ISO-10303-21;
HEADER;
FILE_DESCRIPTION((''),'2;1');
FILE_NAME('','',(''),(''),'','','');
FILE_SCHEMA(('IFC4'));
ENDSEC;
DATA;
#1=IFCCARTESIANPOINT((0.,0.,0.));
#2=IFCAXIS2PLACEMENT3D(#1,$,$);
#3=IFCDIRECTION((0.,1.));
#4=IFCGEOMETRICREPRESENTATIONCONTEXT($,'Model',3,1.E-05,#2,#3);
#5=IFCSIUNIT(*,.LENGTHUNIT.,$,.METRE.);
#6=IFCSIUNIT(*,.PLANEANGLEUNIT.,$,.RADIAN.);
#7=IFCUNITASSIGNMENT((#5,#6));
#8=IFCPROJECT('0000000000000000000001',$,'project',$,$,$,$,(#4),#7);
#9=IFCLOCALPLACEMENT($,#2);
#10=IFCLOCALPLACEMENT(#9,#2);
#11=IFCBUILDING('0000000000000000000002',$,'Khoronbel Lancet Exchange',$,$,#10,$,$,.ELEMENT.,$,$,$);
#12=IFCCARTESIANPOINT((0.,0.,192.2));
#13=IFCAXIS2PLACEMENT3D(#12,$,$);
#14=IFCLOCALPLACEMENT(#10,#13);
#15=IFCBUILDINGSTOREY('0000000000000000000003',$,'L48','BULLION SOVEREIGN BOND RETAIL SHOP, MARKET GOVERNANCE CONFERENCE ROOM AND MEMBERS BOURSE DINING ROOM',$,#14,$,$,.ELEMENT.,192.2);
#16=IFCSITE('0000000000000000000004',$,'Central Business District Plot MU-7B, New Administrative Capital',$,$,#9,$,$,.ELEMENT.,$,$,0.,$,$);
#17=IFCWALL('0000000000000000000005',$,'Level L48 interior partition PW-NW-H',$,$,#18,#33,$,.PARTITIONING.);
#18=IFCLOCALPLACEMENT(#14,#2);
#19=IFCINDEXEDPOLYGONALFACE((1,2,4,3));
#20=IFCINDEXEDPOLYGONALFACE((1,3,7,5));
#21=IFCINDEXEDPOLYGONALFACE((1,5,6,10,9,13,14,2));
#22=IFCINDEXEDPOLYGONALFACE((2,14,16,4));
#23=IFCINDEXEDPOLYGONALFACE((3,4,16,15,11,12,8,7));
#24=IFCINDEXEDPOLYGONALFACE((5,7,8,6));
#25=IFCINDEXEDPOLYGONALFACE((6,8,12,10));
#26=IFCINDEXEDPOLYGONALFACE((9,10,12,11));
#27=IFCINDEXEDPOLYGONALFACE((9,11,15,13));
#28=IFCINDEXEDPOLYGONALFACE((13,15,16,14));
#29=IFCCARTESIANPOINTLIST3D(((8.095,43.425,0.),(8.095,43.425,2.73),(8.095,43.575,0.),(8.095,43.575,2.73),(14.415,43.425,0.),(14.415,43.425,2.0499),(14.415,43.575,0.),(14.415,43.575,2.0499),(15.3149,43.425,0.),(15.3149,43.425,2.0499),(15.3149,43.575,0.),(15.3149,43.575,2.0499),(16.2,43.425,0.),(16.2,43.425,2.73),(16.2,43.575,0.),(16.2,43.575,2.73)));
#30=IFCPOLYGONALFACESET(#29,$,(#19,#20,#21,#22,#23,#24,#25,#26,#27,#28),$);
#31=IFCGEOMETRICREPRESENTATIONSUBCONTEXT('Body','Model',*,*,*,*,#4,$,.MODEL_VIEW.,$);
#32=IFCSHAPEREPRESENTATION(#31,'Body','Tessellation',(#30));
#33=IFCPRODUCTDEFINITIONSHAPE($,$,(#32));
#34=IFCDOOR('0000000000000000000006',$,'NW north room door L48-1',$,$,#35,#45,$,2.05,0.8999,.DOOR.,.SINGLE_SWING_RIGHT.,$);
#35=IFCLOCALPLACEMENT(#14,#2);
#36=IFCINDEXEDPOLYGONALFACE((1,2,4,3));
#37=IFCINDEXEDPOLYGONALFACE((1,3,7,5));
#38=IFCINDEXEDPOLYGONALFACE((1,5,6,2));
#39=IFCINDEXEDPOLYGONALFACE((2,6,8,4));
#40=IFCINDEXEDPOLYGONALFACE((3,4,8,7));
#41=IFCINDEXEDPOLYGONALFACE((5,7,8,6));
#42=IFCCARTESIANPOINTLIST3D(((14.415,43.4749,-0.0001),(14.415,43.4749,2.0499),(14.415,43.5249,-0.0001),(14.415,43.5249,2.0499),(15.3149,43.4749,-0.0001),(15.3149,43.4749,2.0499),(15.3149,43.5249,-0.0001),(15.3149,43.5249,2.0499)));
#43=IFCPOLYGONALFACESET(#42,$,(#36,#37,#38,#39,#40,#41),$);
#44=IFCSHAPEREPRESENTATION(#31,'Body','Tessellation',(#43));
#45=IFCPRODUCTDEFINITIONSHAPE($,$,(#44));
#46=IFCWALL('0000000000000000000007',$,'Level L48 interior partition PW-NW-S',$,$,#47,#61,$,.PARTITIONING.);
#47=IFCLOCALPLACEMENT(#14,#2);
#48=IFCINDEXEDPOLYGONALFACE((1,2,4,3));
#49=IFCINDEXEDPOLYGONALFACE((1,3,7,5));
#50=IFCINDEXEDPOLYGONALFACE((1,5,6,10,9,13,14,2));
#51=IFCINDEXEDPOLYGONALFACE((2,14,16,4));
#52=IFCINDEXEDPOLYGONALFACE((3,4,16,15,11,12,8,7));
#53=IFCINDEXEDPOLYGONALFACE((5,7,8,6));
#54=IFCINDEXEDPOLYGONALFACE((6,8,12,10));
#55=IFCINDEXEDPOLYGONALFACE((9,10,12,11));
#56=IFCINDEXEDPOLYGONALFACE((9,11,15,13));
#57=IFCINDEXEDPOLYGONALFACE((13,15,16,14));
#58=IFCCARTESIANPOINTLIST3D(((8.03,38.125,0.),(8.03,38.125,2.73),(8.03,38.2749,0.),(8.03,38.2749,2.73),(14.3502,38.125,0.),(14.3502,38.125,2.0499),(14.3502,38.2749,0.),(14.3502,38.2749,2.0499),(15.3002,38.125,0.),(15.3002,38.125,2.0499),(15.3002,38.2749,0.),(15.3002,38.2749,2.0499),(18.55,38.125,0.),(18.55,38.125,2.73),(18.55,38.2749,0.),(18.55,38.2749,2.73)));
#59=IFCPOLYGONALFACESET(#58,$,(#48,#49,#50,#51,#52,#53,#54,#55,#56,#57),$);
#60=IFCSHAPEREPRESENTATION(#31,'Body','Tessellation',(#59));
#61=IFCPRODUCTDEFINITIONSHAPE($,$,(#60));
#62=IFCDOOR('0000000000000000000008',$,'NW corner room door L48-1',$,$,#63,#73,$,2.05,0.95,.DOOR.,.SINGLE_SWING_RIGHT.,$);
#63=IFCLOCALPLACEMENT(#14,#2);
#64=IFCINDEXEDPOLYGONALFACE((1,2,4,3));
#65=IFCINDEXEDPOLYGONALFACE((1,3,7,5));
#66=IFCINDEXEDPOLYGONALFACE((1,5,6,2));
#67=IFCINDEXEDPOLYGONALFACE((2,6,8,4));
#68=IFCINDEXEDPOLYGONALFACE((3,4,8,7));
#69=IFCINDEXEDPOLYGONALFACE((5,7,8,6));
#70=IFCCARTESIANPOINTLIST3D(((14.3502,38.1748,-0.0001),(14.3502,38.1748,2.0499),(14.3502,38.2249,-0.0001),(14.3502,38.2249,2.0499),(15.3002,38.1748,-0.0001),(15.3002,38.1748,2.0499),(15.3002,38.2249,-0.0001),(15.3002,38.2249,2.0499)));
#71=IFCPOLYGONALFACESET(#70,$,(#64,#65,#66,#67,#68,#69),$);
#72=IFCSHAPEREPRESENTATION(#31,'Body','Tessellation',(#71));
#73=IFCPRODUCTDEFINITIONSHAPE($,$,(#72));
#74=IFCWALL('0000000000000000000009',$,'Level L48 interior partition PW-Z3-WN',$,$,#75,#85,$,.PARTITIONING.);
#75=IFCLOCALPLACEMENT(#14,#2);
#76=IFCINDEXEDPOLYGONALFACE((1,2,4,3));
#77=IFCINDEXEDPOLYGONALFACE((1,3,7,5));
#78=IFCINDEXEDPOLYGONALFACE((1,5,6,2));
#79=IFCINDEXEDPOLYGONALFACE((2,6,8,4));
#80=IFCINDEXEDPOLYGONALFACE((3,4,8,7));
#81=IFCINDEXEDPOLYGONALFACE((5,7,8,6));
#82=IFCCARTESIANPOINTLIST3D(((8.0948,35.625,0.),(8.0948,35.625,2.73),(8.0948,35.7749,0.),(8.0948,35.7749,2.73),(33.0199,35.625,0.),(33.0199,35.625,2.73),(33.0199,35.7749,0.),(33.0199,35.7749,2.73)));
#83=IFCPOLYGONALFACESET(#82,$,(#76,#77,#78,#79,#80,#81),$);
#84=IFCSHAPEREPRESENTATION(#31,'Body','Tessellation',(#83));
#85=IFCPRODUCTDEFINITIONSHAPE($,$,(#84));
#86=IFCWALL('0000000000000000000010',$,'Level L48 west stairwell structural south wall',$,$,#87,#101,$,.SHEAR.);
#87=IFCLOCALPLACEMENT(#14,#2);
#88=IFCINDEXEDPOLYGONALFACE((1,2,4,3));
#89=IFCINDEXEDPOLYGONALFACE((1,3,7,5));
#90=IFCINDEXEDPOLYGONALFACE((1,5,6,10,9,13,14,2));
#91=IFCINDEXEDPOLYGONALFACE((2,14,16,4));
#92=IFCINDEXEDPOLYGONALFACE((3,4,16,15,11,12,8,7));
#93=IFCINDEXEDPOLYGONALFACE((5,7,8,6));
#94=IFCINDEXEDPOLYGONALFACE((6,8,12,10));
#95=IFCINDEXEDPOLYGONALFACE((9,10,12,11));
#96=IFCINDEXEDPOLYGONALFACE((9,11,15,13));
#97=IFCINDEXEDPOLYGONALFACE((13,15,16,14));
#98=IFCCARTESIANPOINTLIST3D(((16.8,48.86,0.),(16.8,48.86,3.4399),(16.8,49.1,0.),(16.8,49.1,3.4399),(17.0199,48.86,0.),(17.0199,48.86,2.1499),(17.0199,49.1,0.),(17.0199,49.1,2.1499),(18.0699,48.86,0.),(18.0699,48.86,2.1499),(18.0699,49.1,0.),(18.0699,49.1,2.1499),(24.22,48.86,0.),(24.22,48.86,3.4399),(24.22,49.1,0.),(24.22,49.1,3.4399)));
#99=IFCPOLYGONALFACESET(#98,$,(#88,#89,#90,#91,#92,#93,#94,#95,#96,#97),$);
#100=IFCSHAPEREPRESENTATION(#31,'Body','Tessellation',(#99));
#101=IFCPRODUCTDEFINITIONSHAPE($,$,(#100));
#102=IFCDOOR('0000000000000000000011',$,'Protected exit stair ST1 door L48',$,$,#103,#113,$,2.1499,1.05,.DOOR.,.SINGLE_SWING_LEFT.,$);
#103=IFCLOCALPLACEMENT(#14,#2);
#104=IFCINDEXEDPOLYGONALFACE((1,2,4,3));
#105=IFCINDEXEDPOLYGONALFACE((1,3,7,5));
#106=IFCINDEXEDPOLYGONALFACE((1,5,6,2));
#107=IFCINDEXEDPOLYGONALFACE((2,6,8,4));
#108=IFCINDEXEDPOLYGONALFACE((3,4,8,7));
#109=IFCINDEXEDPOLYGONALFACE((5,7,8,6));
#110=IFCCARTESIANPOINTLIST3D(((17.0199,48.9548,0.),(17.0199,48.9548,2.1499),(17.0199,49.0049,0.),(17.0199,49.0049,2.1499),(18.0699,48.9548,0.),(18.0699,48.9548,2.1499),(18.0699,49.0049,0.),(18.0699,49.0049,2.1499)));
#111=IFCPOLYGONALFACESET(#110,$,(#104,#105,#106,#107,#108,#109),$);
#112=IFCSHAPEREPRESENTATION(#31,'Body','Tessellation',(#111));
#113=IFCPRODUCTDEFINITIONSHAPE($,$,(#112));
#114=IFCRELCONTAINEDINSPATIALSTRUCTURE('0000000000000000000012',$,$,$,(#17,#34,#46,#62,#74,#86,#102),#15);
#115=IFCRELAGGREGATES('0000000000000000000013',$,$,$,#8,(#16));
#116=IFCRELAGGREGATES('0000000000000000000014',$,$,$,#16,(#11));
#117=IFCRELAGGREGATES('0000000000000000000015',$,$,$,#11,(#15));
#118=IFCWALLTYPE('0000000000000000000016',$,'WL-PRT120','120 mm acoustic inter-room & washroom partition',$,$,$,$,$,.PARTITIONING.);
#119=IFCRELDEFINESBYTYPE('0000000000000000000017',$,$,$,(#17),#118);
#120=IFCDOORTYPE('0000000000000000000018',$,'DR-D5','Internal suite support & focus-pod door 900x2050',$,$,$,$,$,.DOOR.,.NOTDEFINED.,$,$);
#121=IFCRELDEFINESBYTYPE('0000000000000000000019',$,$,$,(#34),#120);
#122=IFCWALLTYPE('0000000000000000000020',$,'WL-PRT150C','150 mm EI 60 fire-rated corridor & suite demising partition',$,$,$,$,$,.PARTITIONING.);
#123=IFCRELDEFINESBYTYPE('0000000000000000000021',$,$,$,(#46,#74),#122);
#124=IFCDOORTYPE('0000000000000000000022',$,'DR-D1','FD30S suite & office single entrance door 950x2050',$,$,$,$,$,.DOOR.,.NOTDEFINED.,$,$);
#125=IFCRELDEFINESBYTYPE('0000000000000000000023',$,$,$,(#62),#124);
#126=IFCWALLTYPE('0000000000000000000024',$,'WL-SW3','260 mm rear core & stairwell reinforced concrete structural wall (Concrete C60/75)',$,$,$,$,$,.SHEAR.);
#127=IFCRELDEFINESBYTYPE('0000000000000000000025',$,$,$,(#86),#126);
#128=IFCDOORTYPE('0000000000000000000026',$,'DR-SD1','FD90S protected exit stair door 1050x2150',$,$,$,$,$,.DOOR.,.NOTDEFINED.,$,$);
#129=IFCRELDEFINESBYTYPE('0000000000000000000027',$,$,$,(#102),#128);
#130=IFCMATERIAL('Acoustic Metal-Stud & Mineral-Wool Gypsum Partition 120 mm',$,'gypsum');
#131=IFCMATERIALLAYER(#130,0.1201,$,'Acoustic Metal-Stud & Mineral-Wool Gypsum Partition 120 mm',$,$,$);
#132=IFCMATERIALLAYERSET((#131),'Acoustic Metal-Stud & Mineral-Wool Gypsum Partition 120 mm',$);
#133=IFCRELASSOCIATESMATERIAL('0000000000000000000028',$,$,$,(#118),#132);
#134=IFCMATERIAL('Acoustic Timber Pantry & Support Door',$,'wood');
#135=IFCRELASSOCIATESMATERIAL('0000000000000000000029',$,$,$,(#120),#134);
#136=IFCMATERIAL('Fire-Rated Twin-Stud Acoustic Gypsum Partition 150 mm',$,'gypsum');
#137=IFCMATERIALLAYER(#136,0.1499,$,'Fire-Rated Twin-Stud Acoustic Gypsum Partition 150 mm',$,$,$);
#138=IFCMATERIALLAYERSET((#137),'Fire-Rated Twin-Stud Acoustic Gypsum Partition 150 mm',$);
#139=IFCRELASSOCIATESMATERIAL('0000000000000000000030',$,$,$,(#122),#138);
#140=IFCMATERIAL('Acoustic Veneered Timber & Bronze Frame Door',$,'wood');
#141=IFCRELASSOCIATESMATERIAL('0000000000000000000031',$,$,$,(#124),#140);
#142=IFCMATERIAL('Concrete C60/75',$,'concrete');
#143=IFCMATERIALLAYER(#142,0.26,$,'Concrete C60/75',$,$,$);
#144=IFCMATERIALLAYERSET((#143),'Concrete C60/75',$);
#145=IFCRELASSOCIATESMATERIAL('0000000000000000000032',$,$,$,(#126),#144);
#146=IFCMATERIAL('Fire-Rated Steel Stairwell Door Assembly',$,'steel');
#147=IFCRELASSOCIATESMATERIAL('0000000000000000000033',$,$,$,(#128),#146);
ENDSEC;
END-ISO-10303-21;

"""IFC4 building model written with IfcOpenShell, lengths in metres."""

from ifc_helpers import new_model, si_unit, direction, frame, frame_2d, origin, place, context, subcontext, project, spatial, rectangle, extrude, material, layer, layer_set, type_object, element, fill, save


model = new_model("IFC4")

# Units and contexts
model_context = context("Model", 3, precision=1e-05, world=origin(), true_north=direction((0.0, 1.0)))
body_context = subcontext(model_context, "Body", "Model", "MODEL_VIEW")
ifc_project = project(units=[si_unit("LENGTHUNIT", "METRE"), si_unit("PLANEANGLEUNIT", "RADIAN")], contexts=[model_context])

# Site, building, storey
site_placement = place(None, origin())
site = spatial("IfcSite", under=ifc_project, at=site_placement, Name="Central Business District Plot MU-7B, New Administrative Capital", CompositionType="ELEMENT", RefElevation=0.0)
building_placement = place(site_placement, origin())
building = spatial("IfcBuilding", under=site, at=building_placement, Name="Khoronbel Lancet Exchange", CompositionType="ELEMENT")
storey_placement = place(building_placement, frame((0.0, 0.0, 192.2)))
storey = spatial("IfcBuildingStorey", under=building, at=storey_placement, Name="L48", Description="BULLION SOVEREIGN BOND RETAIL SHOP, MARKET GOVERNANCE CONFERENCE ROOM AND MEMBERS BOURSE DINING ROOM", CompositionType="ELEMENT", Elevation=192.2)

# Shared definitions
ifc_material_1 = material(Name="Concrete C60/75", Category="concrete")

# Walls, openings, doors
ifc_material_2 = material(Name="Acoustic Metal-Stud & Mineral-Wool Gypsum Partition 120 mm", Category="gypsum")
ifc_layer_1 = layer(ifc_material_2, 0.1201, Name="Acoustic Metal-Stud & Mineral-Wool Gypsum Partition 120 mm")
ifc_layer_set_1 = layer_set([ifc_layer_1], Name="Acoustic Metal-Stud & Mineral-Wool Gypsum Partition 120 mm")
wall_type_1 = type_object("IfcWallType", Name="WL-PRT120", Description="120 mm acoustic inter-room & washroom partition", PredefinedType="PARTITIONING", material=ifc_layer_set_1)
wall_1_placement = place(storey_placement, frame((8.095, 43.5, 0.0), z_axis=(0.0, 0.0, 1.0), x_axis=(1.0, 0.0, 0.0)))
wall_1 = element("IfcWall", 1, at=wall_1_placement, inside=storey, type_object=wall_type_1, Name="Level L48 interior partition PW-NW-H", PredefinedType="PARTITIONING", context=body_context, shape_type="SweptSolid", body=[
    extrude(rectangle(XDim=8.105, YDim=0.1499, at=frame_2d((4.0525, 0.0))), origin(), (0.0, 0.0, 1.0), 2.73),
])
opening_1_placement = place(wall_1_placement, frame((6.3201, 0.0, 0.0)))
opening_1 = element("IfcOpeningElement", 2, at=opening_1_placement, cuts=wall_1, PredefinedType="OPENING", context=body_context, shape_type="SweptSolid", body=[
    extrude(rectangle(XDim=0.8999, YDim=2.05, at=frame_2d((0.45, 1.0249))), frame((0.0, 0.085, 0.0), z_axis=(0.0, -1.0, 0.0), x_axis=(1.0, 0.0, 0.0)), (0.0, 0.0, 1.0), 0.1699),
])
ifc_material_3 = material(Name="Acoustic Timber Pantry & Support Door", Category="wood")
door_type_1 = type_object("IfcDoorType", Name="DR-D5", Description="Internal suite support & focus-pod door 900x2050", OperationType="NOTDEFINED", PredefinedType="DOOR", material=ifc_material_3)
door_1_placement = place(opening_1_placement, origin())
door_1 = element("IfcDoor", 3, at=door_1_placement, inside=storey, type_object=door_type_1, Name="NW north room door L48-1", OperationType="SINGLE_SWING_RIGHT", OverallHeight=2.05, OverallWidth=0.8999, PredefinedType="DOOR", context=body_context, shape_type="SweptSolid", body=[
    extrude(rectangle(XDim=0.8999, YDim=2.05, at=frame_2d((0.45, 1.0249))), frame((0.0, 0.0249, 0.0), z_axis=(0.0, -1.0, 0.0), x_axis=(1.0, 0.0, 0.0)), (0.0, 0.0, 1.0), 0.05),
])
fill(opening_1, door_1)
ifc_material_4 = material(Name="Fire-Rated Twin-Stud Acoustic Gypsum Partition 150 mm", Category="gypsum")
ifc_layer_2 = layer(ifc_material_4, 0.1499, Name="Fire-Rated Twin-Stud Acoustic Gypsum Partition 150 mm")
ifc_layer_set_2 = layer_set([ifc_layer_2], Name="Fire-Rated Twin-Stud Acoustic Gypsum Partition 150 mm")
wall_type_2 = type_object("IfcWallType", Name="WL-PRT150C", Description="150 mm EI 60 fire-rated corridor & suite demising partition", PredefinedType="PARTITIONING", material=ifc_layer_set_2)
wall_2_placement = place(storey_placement, frame((8.03, 38.2, 0.0), z_axis=(0.0, 0.0, 1.0), x_axis=(1.0, 0.0, 0.0)))
wall_2 = element("IfcWall", 4, at=wall_2_placement, inside=storey, type_object=wall_type_2, Name="Level L48 interior partition PW-NW-S", PredefinedType="PARTITIONING", context=body_context, shape_type="SweptSolid", body=[
    extrude(rectangle(XDim=10.52, YDim=0.1499, at=frame_2d((5.26, 0.0))), origin(), (0.0, 0.0, 1.0), 2.73),
])
opening_2_placement = place(wall_2_placement, frame((6.3201, 0.0, 0.0)))
opening_2 = element("IfcOpeningElement", 5, at=opening_2_placement, cuts=wall_2, PredefinedType="OPENING", context=body_context, shape_type="SweptSolid", body=[
    extrude(rectangle(XDim=0.95, YDim=2.05, at=frame_2d((0.4751, 1.0249))), frame((0.0, 0.085, 0.0), z_axis=(0.0, -1.0, 0.0), x_axis=(1.0, 0.0, 0.0)), (0.0, 0.0, 1.0), 0.1699),
])
ifc_material_5 = material(Name="Acoustic Veneered Timber & Bronze Frame Door", Category="wood")
door_type_2 = type_object("IfcDoorType", Name="DR-D1", Description="FD30S suite & office single entrance door 950x2050", OperationType="NOTDEFINED", PredefinedType="DOOR", material=ifc_material_5)
door_2_placement = place(opening_2_placement, origin())
door_2 = element("IfcDoor", 6, at=door_2_placement, inside=storey, type_object=door_type_2, Name="NW corner room door L48-1", OperationType="SINGLE_SWING_RIGHT", OverallHeight=2.05, OverallWidth=0.95, PredefinedType="DOOR", context=body_context, shape_type="SweptSolid", body=[
    extrude(rectangle(XDim=0.95, YDim=2.05, at=frame_2d((0.4751, 1.0249))), frame((0.0, 0.0249, 0.0), z_axis=(0.0, -1.0, 0.0), x_axis=(1.0, 0.0, 0.0)), (0.0, 0.0, 1.0), 0.05),
])
fill(opening_2, door_2)

# Wall
wall_3_placement = place(storey_placement, frame((8.095, 35.7, 0.0), z_axis=(0.0, 0.0, 1.0), x_axis=(1.0, 0.0, 0.0)))
element("IfcWall", 7, at=wall_3_placement, inside=storey, type_object=wall_type_2, Name="Level L48 interior partition PW-Z3-WN", PredefinedType="PARTITIONING", context=body_context, shape_type="SweptSolid", body=[
    extrude(rectangle(XDim=24.925, YDim=0.1499, at=frame_2d((12.4624, 0.0))), origin(), (0.0, 0.0, 1.0), 2.73),
])

# Wall, opening, door
ifc_layer_3 = layer(ifc_material_1, 0.26, Name="Concrete C60/75")
ifc_layer_set_3 = layer_set([ifc_layer_3], Name="Concrete C60/75")
wall_type_3 = type_object("IfcWallType", Name="WL-SW3", Description="260 mm rear core & stairwell reinforced concrete structural wall (Concrete C60/75)", PredefinedType="SHEAR", material=ifc_layer_set_3)
wall_4_placement = place(storey_placement, frame((16.8, 48.98, 0.0), z_axis=(0.0, 0.0, 1.0), x_axis=(1.0, 0.0, 0.0)))
wall_4 = element("IfcWall", 8, at=wall_4_placement, inside=storey, type_object=wall_type_3, Name="Level L48 west stairwell structural south wall", PredefinedType="SHEAR", context=body_context, shape_type="SweptSolid", body=[
    extrude(rectangle(XDim=7.4199, YDim=0.24, at=frame_2d((3.71, 0.0))), origin(), (0.0, 0.0, 1.0), 3.4399),
])
opening_3_placement = place(wall_4_placement, frame((0.22, 0.0, 0.0)))
opening_3 = element("IfcOpeningElement", 9, at=opening_3_placement, cuts=wall_4, PredefinedType="OPENING", context=body_context, shape_type="SweptSolid", body=[
    extrude(rectangle(XDim=1.05, YDim=2.1499, at=frame_2d((0.5249, 1.075))), frame((0.0, 0.1299, 0.0), z_axis=(0.0, -1.0, 0.0), x_axis=(1.0, 0.0, 0.0)), (0.0, 0.0, 1.0), 0.26),
])
ifc_material_6 = material(Name="Fire-Rated Steel Stairwell Door Assembly", Category="steel")
door_type_3 = type_object("IfcDoorType", Name="DR-SD1", Description="FD90S protected exit stair door 1050x2150", OperationType="NOTDEFINED", PredefinedType="DOOR", material=ifc_material_6)
door_3_placement = place(opening_3_placement, origin())
door_3 = element("IfcDoor", 10, at=door_3_placement, inside=storey, type_object=door_type_3, Name="Protected exit stair ST1 door L48", OperationType="SINGLE_SWING_LEFT", OverallHeight=2.1499, OverallWidth=1.05, PredefinedType="DOOR", context=body_context, shape_type="SweptSolid", body=[
    extrude(rectangle(XDim=1.05, YDim=2.1499, at=frame_2d((0.5249, 1.075))), frame((0.0, 0.0249, 0.0), z_axis=(0.0, -1.0, 0.0), x_axis=(1.0, 0.0, 0.0)), (0.0, 0.0, 1.0), 0.05),
])
fill(opening_3, door_3)

save(model, "model.ifc")
